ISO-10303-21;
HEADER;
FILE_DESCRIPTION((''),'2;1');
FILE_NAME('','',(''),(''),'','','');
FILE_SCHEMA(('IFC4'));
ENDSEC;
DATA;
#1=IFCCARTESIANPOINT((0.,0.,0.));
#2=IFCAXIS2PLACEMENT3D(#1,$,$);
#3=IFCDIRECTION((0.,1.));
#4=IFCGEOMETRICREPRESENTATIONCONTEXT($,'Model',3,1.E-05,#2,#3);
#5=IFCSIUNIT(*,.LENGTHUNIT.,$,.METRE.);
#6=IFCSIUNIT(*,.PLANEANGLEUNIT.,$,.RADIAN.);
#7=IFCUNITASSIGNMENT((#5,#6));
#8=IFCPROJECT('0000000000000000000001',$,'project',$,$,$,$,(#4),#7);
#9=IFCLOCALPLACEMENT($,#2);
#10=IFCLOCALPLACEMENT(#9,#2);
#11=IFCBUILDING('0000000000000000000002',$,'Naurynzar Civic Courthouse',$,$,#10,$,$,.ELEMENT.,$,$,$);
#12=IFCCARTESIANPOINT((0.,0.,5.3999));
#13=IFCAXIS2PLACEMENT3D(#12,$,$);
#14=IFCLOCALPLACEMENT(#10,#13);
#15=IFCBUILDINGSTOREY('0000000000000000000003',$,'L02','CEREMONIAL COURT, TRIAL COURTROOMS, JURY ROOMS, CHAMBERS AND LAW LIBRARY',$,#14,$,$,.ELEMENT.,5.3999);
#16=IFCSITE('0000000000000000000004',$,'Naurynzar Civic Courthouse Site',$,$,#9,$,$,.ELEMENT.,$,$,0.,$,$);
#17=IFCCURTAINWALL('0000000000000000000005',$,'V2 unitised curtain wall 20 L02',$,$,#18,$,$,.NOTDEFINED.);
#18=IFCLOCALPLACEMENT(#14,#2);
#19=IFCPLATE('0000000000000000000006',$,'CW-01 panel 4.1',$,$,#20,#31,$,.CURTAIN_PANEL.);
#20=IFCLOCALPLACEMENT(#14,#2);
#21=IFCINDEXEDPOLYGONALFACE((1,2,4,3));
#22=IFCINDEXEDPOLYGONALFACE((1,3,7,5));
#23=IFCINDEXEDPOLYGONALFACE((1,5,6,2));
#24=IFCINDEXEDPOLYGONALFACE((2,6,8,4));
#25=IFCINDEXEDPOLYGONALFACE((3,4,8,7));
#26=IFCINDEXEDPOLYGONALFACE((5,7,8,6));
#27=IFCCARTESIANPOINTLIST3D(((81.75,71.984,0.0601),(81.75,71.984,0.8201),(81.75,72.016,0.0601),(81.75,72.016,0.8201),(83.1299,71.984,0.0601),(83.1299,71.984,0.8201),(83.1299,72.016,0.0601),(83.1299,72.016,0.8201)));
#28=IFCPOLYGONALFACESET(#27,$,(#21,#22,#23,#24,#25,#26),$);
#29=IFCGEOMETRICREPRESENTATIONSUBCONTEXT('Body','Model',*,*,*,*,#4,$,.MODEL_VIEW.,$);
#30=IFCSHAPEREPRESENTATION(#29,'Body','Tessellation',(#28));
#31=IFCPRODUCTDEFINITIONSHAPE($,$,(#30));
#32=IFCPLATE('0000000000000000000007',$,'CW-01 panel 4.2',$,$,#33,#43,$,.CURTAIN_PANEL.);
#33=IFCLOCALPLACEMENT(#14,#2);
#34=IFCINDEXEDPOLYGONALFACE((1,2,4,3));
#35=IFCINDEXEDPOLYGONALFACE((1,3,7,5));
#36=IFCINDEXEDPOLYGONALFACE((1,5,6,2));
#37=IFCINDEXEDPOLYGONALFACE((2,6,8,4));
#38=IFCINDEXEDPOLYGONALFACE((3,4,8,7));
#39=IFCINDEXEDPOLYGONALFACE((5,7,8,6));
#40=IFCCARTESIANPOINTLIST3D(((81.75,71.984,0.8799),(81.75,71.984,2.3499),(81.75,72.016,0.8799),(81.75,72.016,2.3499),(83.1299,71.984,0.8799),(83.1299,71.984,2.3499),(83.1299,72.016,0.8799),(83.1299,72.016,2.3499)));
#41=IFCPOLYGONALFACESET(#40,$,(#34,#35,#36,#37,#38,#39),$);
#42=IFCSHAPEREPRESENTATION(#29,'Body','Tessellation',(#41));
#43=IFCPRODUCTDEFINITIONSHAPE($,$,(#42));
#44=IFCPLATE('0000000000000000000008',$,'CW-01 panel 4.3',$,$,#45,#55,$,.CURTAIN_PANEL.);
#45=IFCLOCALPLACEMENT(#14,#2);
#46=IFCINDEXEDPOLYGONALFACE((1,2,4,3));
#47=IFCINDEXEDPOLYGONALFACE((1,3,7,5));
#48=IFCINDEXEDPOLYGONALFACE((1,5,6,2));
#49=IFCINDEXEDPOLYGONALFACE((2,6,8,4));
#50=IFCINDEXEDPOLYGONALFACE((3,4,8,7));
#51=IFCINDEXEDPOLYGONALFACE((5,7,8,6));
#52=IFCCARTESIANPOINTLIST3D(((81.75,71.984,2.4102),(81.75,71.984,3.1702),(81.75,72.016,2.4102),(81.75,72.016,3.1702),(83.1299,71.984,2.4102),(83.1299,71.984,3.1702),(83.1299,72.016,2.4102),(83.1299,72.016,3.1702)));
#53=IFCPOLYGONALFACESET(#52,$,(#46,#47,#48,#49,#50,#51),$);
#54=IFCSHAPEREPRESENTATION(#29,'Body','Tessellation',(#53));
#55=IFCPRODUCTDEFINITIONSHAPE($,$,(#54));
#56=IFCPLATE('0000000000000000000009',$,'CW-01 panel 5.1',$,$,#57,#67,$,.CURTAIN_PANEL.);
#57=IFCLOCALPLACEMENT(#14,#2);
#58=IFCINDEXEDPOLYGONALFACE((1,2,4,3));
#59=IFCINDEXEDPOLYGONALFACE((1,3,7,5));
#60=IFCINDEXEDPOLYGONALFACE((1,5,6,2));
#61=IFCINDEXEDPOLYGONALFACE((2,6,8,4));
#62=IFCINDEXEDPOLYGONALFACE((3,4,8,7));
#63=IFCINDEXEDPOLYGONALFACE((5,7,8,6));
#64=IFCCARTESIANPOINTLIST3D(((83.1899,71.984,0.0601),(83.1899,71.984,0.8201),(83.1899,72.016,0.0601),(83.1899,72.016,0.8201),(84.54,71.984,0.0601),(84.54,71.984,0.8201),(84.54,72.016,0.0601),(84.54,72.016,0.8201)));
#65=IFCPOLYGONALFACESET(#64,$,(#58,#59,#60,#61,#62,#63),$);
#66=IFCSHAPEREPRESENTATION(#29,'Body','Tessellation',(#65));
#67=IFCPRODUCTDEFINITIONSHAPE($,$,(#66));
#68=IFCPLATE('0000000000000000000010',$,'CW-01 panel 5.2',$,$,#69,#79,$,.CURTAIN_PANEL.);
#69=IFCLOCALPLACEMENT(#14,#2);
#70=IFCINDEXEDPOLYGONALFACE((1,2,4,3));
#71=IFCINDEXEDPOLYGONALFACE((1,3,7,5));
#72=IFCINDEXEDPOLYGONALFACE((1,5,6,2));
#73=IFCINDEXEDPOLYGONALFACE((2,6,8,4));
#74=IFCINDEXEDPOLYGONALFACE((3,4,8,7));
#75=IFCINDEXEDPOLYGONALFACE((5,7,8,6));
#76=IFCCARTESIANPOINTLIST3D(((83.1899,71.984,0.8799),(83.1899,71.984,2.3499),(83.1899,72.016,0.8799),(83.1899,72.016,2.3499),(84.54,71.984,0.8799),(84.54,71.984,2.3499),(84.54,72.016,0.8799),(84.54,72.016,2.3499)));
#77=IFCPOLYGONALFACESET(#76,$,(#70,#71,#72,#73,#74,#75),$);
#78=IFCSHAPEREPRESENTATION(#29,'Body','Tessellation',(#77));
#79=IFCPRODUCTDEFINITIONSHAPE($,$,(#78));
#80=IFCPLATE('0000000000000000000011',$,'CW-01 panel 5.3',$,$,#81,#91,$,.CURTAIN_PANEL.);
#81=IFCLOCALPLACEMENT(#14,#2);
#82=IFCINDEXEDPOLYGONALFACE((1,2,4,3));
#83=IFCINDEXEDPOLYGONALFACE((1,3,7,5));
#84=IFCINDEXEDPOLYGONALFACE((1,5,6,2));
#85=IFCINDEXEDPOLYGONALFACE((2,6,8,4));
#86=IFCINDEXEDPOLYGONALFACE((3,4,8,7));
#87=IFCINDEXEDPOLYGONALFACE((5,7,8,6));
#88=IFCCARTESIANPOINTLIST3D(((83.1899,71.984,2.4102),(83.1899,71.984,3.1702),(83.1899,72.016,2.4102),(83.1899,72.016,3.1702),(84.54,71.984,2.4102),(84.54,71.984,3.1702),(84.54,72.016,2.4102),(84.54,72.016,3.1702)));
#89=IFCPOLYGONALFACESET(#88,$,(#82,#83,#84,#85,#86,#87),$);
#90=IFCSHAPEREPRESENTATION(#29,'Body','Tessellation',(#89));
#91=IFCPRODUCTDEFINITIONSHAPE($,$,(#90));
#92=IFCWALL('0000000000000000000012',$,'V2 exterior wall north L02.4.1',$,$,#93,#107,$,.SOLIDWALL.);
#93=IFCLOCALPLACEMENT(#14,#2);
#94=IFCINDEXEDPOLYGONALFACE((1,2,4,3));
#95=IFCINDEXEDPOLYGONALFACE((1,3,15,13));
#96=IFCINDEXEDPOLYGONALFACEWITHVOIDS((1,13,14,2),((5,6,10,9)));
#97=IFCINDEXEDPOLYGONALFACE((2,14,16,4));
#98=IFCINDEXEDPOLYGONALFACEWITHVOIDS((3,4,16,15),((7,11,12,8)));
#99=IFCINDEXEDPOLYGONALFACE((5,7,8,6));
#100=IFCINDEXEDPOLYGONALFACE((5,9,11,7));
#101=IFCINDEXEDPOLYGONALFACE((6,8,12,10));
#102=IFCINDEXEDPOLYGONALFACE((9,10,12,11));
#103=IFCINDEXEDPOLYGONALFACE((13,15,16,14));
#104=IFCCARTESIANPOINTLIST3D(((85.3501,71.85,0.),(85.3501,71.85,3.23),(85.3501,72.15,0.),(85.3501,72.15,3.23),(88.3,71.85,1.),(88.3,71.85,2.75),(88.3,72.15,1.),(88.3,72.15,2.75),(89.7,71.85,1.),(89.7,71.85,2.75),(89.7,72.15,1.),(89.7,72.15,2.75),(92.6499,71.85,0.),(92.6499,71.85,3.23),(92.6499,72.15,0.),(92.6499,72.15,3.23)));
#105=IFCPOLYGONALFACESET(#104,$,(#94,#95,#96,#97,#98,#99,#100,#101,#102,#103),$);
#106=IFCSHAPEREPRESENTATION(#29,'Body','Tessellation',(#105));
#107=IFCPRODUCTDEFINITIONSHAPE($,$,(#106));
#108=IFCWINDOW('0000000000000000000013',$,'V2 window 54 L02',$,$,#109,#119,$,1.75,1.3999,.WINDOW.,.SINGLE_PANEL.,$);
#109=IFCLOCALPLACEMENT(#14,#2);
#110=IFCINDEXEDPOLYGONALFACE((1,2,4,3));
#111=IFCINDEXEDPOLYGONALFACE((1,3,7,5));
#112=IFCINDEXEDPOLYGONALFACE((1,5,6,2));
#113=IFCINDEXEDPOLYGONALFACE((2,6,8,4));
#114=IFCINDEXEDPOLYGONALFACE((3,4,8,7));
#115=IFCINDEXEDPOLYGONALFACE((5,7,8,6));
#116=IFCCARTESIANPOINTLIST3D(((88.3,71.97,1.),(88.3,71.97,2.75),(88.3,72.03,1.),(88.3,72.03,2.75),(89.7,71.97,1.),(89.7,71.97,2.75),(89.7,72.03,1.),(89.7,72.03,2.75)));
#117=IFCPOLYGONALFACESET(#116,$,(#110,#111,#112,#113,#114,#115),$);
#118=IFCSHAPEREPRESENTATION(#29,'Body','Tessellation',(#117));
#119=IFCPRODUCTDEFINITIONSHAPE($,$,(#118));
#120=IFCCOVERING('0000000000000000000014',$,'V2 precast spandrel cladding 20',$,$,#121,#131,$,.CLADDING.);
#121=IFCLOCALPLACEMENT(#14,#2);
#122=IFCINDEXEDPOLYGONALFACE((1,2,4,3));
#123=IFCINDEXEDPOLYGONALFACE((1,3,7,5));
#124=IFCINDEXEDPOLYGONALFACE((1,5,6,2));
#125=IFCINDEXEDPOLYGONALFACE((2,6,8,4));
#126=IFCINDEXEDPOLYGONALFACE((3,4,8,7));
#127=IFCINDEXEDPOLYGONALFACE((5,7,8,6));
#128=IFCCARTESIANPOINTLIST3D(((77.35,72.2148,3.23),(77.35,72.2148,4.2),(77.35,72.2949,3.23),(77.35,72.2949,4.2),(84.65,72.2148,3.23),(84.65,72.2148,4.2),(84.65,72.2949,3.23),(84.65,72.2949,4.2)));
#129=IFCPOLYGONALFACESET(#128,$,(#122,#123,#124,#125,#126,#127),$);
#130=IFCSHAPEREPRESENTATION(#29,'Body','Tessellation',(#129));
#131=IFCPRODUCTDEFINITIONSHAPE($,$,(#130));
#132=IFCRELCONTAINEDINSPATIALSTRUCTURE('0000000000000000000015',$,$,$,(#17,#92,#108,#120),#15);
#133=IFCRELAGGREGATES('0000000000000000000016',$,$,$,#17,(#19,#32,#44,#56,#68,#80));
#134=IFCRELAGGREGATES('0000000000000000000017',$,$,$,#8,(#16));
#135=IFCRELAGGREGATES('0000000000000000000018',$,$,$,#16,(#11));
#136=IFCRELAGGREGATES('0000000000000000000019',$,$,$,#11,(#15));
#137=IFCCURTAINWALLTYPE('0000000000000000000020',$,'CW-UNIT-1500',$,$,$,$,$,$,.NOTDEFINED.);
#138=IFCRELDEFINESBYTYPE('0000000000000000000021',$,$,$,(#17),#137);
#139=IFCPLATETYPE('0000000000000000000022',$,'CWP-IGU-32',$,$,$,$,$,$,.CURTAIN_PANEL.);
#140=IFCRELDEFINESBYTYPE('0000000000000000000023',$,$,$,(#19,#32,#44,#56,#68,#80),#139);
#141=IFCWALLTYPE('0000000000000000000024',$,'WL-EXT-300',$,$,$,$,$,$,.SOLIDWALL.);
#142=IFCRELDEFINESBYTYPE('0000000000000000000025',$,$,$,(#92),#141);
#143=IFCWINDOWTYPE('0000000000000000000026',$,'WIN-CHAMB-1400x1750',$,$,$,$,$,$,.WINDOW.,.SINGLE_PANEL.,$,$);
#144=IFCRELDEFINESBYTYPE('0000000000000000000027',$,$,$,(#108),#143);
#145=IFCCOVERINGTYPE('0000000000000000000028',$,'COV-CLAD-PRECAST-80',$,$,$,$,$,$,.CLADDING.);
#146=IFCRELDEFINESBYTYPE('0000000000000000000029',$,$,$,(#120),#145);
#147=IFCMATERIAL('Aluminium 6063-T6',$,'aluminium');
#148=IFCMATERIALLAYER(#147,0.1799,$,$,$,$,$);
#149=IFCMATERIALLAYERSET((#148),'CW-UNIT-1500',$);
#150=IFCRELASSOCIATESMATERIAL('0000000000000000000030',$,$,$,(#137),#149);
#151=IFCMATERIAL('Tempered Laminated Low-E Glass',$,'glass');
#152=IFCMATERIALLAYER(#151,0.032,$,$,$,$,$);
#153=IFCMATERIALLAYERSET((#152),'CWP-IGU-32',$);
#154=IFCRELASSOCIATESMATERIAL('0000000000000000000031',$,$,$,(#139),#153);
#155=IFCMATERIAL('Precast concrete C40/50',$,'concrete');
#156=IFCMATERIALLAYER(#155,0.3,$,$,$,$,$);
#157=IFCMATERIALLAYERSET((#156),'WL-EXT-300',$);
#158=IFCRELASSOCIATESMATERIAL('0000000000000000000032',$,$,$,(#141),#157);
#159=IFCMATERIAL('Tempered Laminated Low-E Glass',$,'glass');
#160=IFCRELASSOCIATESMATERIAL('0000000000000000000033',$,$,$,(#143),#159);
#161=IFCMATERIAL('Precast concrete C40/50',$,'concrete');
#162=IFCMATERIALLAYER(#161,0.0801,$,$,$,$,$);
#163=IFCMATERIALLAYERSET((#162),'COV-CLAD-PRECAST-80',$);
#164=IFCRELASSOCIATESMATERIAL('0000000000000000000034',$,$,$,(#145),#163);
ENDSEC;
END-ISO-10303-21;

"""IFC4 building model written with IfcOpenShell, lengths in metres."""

from ifc_helpers import new_model, si_unit, direction, frame, frame_2d, origin, origin_2d, place, context, subcontext, project, spatial, rectangle, extrude, material, layer, layer_set, type_object, element, fill, aggregate, save


model = new_model("IFC4")

# Units and contexts
model_context = context("Model", 3, precision=1e-05, world=origin(), true_north=direction((0.0, 1.0)))
body_context = subcontext(model_context, "Body", "Model", "MODEL_VIEW")
ifc_project = project(units=[si_unit("LENGTHUNIT", "METRE"), si_unit("PLANEANGLEUNIT", "RADIAN")], contexts=[model_context])

# Site, building, storey
site_placement = place(None, origin())
site = spatial("IfcSite", under=ifc_project, at=site_placement, Name="Naurynzar Civic Courthouse Site", CompositionType="ELEMENT", RefElevation=0.0)
building_placement = place(site_placement, origin())
building = spatial("IfcBuilding", under=site, at=building_placement, Name="Naurynzar Civic Courthouse", CompositionType="ELEMENT")
storey_placement = place(building_placement, frame((0.0, 0.0, 5.3999)))
storey = spatial("IfcBuildingStorey", under=building, at=storey_placement, Name="L02", Description="CEREMONIAL COURT, TRIAL COURTROOMS, JURY ROOMS, CHAMBERS AND LAW LIBRARY", CompositionType="ELEMENT", Elevation=5.3999)

# Curtain wall, plates
ifc_material_1 = material(Name="Aluminium 6063-T6", Category="aluminium")
ifc_layer_1 = layer(ifc_material_1, 0.1799)
ifc_layer_set_1 = layer_set([ifc_layer_1], Name="CW-UNIT-1500")
curtain_wall_type = type_object("IfcCurtainWallType", Name="CW-UNIT-1500", PredefinedType="NOTDEFINED", material=ifc_layer_set_1)
curtain_wall_placement = place(storey_placement, origin())
curtain_wall = element("IfcCurtainWall", 1, at=curtain_wall_placement, inside=storey, type_object=curtain_wall_type, Name="V2 unitised curtain wall 20 L02", PredefinedType="NOTDEFINED")
ifc_material_2 = material(Name="Tempered Laminated Low-E Glass", Category="glass")
ifc_layer_2 = layer(ifc_material_2, 0.032)
ifc_layer_set_2 = layer_set([ifc_layer_2], Name="CWP-IGU-32")
plate_type = type_object("IfcPlateType", Name="CWP-IGU-32", PredefinedType="CURTAIN_PANEL", material=ifc_layer_set_2)
plate_1_placement = place(storey_placement, frame((82.4399, 72.0, 0.0601), z_axis=(0.0, 0.0, 1.0), x_axis=(1.0, 0.0, 0.0)))
plate_1 = element("IfcPlate", 2, at=plate_1_placement, type_object=plate_type, Name="CW-01 panel 4.1", PredefinedType="CURTAIN_PANEL", context=body_context, shape_type="SweptSolid", body=[
    extrude(rectangle(XDim=1.3799, YDim=0.032, at=origin_2d()), origin(), (0.0, 0.0, 1.0), 0.76),
])
plate_2_placement = place(storey_placement, frame((82.4399, 72.0, 0.8799), z_axis=(0.0, 0.0, 1.0), x_axis=(1.0, 0.0, 0.0)))
plate_2 = element("IfcPlate", 3, at=plate_2_placement, type_object=plate_type, Name="CW-01 panel 4.2", PredefinedType="CURTAIN_PANEL", context=body_context, shape_type="SweptSolid", body=[
    extrude(rectangle(XDim=1.3799, YDim=0.032, at=origin_2d()), origin(), (0.0, 0.0, 1.0), 1.47),
])
plate_3_placement = place(storey_placement, frame((82.4399, 72.0, 2.4102), z_axis=(0.0, 0.0, 1.0), x_axis=(1.0, 0.0, 0.0)))
plate_3 = element("IfcPlate", 4, at=plate_3_placement, type_object=plate_type, Name="CW-01 panel 4.3", PredefinedType="CURTAIN_PANEL", context=body_context, shape_type="SweptSolid", body=[
    extrude(rectangle(XDim=1.3799, YDim=0.032, at=origin_2d()), origin(), (0.0, 0.0, 1.0), 0.76),
])
plate_4_placement = place(storey_placement, frame((83.865, 72.0, 0.0601), z_axis=(0.0, 0.0, 1.0), x_axis=(1.0, 0.0, 0.0)))
plate_4 = element("IfcPlate", 5, at=plate_4_placement, type_object=plate_type, Name="CW-01 panel 5.1", PredefinedType="CURTAIN_PANEL", context=body_context, shape_type="SweptSolid", body=[
    extrude(rectangle(XDim=1.3501, YDim=0.032, at=origin_2d()), origin(), (0.0, 0.0, 1.0), 0.76),
])
plate_5_placement = place(storey_placement, frame((83.865, 72.0, 0.8799), z_axis=(0.0, 0.0, 1.0), x_axis=(1.0, 0.0, 0.0)))
plate_5 = element("IfcPlate", 6, at=plate_5_placement, type_object=plate_type, Name="CW-01 panel 5.2", PredefinedType="CURTAIN_PANEL", context=body_context, shape_type="SweptSolid", body=[
    extrude(rectangle(XDim=1.3501, YDim=0.032, at=origin_2d()), origin(), (0.0, 0.0, 1.0), 1.47),
])
plate_6_placement = place(storey_placement, frame((83.865, 72.0, 2.4102), z_axis=(0.0, 0.0, 1.0), x_axis=(1.0, 0.0, 0.0)))
plate_6 = element("IfcPlate", 7, at=plate_6_placement, type_object=plate_type, Name="CW-01 panel 5.3", PredefinedType="CURTAIN_PANEL", context=body_context, shape_type="SweptSolid", body=[
    extrude(rectangle(XDim=1.3501, YDim=0.032, at=origin_2d()), origin(), (0.0, 0.0, 1.0), 0.76),
])
aggregate(curtain_wall, [plate_1, plate_2, plate_3, plate_4, plate_5, plate_6])

# Wall, opening, window
ifc_material_3 = material(Name="Precast concrete C40/50", Category="concrete")
ifc_layer_3 = layer(ifc_material_3, 0.3)
ifc_layer_set_3 = layer_set([ifc_layer_3], Name="WL-EXT-300")
wall_type = type_object("IfcWallType", Name="WL-EXT-300", PredefinedType="SOLIDWALL", material=ifc_layer_set_3)
wall_placement = place(storey_placement, frame((85.3501, 72.0, 0.0), z_axis=(0.0, 0.0, 1.0), x_axis=(1.0, 0.0, 0.0)))
wall = element("IfcWall", 8, at=wall_placement, inside=storey, type_object=wall_type, Name="V2 exterior wall north L02.4.1", PredefinedType="SOLIDWALL", context=body_context, shape_type="SweptSolid", body=[
    extrude(rectangle(XDim=7.2998, YDim=0.3, at=frame_2d((3.6499, 0.0))), origin(), (0.0, 0.0, 1.0), 3.23),
])
opening_placement = place(wall_placement, frame((2.95, 0.0, 1.0)))
opening = element("IfcOpeningElement", 9, at=opening_placement, cuts=wall, PredefinedType="OPENING", context=body_context, shape_type="SweptSolid", body=[
    extrude(rectangle(XDim=1.3999, YDim=1.75, at=frame_2d((0.7, 0.875))), frame((0.0, 0.1599, 0.0), z_axis=(0.0, -1.0, 0.0), x_axis=(1.0, 0.0, 0.0)), (0.0, 0.0, 1.0), 0.3201),
])
ifc_material_4 = material(Name="Tempered Laminated Low-E Glass", Category="glass")
window_type = type_object("IfcWindowType", Name="WIN-CHAMB-1400x1750", PartitioningType="SINGLE_PANEL", PredefinedType="WINDOW", material=ifc_material_4)
window_placement = place(opening_placement, origin())
window = element("IfcWindow", 10, at=window_placement, inside=storey, type_object=window_type, Name="V2 window 54 L02", OverallHeight=1.75, OverallWidth=1.3999, PartitioningType="SINGLE_PANEL", PredefinedType="WINDOW", context=body_context, shape_type="SweptSolid", body=[
    extrude(rectangle(XDim=1.3999, YDim=1.75, at=frame_2d((0.7, 0.875))), frame((0.0, 0.03, 0.0), z_axis=(0.0, -1.0, 0.0), x_axis=(1.0, 0.0, 0.0)), (0.0, 0.0, 1.0), 0.0601),
])
fill(opening, window)

# Covering
ifc_material_5 = material(Name="Precast concrete C40/50", Category="concrete")
ifc_layer_4 = layer(ifc_material_5, 0.0801)
ifc_layer_set_4 = layer_set([ifc_layer_4], Name="COV-CLAD-PRECAST-80")
covering_type = type_object("IfcCoveringType", Name="COV-CLAD-PRECAST-80", PredefinedType="CLADDING", material=ifc_layer_set_4)
covering_placement = place(storey_placement, frame((81.0, 72.2549, 3.23), z_axis=(0.0, 0.0, 1.0), x_axis=(1.0, 0.0, 0.0)))
element("IfcCovering", 11, at=covering_placement, inside=storey, type_object=covering_type, Name="V2 precast spandrel cladding 20", PredefinedType="CLADDING", context=body_context, shape_type="SweptSolid", body=[
    extrude(rectangle(XDim=7.3, YDim=0.0801, at=origin_2d()), origin(), (0.0, 0.0, 1.0), 0.97),
])

save(model, "model.ifc")
